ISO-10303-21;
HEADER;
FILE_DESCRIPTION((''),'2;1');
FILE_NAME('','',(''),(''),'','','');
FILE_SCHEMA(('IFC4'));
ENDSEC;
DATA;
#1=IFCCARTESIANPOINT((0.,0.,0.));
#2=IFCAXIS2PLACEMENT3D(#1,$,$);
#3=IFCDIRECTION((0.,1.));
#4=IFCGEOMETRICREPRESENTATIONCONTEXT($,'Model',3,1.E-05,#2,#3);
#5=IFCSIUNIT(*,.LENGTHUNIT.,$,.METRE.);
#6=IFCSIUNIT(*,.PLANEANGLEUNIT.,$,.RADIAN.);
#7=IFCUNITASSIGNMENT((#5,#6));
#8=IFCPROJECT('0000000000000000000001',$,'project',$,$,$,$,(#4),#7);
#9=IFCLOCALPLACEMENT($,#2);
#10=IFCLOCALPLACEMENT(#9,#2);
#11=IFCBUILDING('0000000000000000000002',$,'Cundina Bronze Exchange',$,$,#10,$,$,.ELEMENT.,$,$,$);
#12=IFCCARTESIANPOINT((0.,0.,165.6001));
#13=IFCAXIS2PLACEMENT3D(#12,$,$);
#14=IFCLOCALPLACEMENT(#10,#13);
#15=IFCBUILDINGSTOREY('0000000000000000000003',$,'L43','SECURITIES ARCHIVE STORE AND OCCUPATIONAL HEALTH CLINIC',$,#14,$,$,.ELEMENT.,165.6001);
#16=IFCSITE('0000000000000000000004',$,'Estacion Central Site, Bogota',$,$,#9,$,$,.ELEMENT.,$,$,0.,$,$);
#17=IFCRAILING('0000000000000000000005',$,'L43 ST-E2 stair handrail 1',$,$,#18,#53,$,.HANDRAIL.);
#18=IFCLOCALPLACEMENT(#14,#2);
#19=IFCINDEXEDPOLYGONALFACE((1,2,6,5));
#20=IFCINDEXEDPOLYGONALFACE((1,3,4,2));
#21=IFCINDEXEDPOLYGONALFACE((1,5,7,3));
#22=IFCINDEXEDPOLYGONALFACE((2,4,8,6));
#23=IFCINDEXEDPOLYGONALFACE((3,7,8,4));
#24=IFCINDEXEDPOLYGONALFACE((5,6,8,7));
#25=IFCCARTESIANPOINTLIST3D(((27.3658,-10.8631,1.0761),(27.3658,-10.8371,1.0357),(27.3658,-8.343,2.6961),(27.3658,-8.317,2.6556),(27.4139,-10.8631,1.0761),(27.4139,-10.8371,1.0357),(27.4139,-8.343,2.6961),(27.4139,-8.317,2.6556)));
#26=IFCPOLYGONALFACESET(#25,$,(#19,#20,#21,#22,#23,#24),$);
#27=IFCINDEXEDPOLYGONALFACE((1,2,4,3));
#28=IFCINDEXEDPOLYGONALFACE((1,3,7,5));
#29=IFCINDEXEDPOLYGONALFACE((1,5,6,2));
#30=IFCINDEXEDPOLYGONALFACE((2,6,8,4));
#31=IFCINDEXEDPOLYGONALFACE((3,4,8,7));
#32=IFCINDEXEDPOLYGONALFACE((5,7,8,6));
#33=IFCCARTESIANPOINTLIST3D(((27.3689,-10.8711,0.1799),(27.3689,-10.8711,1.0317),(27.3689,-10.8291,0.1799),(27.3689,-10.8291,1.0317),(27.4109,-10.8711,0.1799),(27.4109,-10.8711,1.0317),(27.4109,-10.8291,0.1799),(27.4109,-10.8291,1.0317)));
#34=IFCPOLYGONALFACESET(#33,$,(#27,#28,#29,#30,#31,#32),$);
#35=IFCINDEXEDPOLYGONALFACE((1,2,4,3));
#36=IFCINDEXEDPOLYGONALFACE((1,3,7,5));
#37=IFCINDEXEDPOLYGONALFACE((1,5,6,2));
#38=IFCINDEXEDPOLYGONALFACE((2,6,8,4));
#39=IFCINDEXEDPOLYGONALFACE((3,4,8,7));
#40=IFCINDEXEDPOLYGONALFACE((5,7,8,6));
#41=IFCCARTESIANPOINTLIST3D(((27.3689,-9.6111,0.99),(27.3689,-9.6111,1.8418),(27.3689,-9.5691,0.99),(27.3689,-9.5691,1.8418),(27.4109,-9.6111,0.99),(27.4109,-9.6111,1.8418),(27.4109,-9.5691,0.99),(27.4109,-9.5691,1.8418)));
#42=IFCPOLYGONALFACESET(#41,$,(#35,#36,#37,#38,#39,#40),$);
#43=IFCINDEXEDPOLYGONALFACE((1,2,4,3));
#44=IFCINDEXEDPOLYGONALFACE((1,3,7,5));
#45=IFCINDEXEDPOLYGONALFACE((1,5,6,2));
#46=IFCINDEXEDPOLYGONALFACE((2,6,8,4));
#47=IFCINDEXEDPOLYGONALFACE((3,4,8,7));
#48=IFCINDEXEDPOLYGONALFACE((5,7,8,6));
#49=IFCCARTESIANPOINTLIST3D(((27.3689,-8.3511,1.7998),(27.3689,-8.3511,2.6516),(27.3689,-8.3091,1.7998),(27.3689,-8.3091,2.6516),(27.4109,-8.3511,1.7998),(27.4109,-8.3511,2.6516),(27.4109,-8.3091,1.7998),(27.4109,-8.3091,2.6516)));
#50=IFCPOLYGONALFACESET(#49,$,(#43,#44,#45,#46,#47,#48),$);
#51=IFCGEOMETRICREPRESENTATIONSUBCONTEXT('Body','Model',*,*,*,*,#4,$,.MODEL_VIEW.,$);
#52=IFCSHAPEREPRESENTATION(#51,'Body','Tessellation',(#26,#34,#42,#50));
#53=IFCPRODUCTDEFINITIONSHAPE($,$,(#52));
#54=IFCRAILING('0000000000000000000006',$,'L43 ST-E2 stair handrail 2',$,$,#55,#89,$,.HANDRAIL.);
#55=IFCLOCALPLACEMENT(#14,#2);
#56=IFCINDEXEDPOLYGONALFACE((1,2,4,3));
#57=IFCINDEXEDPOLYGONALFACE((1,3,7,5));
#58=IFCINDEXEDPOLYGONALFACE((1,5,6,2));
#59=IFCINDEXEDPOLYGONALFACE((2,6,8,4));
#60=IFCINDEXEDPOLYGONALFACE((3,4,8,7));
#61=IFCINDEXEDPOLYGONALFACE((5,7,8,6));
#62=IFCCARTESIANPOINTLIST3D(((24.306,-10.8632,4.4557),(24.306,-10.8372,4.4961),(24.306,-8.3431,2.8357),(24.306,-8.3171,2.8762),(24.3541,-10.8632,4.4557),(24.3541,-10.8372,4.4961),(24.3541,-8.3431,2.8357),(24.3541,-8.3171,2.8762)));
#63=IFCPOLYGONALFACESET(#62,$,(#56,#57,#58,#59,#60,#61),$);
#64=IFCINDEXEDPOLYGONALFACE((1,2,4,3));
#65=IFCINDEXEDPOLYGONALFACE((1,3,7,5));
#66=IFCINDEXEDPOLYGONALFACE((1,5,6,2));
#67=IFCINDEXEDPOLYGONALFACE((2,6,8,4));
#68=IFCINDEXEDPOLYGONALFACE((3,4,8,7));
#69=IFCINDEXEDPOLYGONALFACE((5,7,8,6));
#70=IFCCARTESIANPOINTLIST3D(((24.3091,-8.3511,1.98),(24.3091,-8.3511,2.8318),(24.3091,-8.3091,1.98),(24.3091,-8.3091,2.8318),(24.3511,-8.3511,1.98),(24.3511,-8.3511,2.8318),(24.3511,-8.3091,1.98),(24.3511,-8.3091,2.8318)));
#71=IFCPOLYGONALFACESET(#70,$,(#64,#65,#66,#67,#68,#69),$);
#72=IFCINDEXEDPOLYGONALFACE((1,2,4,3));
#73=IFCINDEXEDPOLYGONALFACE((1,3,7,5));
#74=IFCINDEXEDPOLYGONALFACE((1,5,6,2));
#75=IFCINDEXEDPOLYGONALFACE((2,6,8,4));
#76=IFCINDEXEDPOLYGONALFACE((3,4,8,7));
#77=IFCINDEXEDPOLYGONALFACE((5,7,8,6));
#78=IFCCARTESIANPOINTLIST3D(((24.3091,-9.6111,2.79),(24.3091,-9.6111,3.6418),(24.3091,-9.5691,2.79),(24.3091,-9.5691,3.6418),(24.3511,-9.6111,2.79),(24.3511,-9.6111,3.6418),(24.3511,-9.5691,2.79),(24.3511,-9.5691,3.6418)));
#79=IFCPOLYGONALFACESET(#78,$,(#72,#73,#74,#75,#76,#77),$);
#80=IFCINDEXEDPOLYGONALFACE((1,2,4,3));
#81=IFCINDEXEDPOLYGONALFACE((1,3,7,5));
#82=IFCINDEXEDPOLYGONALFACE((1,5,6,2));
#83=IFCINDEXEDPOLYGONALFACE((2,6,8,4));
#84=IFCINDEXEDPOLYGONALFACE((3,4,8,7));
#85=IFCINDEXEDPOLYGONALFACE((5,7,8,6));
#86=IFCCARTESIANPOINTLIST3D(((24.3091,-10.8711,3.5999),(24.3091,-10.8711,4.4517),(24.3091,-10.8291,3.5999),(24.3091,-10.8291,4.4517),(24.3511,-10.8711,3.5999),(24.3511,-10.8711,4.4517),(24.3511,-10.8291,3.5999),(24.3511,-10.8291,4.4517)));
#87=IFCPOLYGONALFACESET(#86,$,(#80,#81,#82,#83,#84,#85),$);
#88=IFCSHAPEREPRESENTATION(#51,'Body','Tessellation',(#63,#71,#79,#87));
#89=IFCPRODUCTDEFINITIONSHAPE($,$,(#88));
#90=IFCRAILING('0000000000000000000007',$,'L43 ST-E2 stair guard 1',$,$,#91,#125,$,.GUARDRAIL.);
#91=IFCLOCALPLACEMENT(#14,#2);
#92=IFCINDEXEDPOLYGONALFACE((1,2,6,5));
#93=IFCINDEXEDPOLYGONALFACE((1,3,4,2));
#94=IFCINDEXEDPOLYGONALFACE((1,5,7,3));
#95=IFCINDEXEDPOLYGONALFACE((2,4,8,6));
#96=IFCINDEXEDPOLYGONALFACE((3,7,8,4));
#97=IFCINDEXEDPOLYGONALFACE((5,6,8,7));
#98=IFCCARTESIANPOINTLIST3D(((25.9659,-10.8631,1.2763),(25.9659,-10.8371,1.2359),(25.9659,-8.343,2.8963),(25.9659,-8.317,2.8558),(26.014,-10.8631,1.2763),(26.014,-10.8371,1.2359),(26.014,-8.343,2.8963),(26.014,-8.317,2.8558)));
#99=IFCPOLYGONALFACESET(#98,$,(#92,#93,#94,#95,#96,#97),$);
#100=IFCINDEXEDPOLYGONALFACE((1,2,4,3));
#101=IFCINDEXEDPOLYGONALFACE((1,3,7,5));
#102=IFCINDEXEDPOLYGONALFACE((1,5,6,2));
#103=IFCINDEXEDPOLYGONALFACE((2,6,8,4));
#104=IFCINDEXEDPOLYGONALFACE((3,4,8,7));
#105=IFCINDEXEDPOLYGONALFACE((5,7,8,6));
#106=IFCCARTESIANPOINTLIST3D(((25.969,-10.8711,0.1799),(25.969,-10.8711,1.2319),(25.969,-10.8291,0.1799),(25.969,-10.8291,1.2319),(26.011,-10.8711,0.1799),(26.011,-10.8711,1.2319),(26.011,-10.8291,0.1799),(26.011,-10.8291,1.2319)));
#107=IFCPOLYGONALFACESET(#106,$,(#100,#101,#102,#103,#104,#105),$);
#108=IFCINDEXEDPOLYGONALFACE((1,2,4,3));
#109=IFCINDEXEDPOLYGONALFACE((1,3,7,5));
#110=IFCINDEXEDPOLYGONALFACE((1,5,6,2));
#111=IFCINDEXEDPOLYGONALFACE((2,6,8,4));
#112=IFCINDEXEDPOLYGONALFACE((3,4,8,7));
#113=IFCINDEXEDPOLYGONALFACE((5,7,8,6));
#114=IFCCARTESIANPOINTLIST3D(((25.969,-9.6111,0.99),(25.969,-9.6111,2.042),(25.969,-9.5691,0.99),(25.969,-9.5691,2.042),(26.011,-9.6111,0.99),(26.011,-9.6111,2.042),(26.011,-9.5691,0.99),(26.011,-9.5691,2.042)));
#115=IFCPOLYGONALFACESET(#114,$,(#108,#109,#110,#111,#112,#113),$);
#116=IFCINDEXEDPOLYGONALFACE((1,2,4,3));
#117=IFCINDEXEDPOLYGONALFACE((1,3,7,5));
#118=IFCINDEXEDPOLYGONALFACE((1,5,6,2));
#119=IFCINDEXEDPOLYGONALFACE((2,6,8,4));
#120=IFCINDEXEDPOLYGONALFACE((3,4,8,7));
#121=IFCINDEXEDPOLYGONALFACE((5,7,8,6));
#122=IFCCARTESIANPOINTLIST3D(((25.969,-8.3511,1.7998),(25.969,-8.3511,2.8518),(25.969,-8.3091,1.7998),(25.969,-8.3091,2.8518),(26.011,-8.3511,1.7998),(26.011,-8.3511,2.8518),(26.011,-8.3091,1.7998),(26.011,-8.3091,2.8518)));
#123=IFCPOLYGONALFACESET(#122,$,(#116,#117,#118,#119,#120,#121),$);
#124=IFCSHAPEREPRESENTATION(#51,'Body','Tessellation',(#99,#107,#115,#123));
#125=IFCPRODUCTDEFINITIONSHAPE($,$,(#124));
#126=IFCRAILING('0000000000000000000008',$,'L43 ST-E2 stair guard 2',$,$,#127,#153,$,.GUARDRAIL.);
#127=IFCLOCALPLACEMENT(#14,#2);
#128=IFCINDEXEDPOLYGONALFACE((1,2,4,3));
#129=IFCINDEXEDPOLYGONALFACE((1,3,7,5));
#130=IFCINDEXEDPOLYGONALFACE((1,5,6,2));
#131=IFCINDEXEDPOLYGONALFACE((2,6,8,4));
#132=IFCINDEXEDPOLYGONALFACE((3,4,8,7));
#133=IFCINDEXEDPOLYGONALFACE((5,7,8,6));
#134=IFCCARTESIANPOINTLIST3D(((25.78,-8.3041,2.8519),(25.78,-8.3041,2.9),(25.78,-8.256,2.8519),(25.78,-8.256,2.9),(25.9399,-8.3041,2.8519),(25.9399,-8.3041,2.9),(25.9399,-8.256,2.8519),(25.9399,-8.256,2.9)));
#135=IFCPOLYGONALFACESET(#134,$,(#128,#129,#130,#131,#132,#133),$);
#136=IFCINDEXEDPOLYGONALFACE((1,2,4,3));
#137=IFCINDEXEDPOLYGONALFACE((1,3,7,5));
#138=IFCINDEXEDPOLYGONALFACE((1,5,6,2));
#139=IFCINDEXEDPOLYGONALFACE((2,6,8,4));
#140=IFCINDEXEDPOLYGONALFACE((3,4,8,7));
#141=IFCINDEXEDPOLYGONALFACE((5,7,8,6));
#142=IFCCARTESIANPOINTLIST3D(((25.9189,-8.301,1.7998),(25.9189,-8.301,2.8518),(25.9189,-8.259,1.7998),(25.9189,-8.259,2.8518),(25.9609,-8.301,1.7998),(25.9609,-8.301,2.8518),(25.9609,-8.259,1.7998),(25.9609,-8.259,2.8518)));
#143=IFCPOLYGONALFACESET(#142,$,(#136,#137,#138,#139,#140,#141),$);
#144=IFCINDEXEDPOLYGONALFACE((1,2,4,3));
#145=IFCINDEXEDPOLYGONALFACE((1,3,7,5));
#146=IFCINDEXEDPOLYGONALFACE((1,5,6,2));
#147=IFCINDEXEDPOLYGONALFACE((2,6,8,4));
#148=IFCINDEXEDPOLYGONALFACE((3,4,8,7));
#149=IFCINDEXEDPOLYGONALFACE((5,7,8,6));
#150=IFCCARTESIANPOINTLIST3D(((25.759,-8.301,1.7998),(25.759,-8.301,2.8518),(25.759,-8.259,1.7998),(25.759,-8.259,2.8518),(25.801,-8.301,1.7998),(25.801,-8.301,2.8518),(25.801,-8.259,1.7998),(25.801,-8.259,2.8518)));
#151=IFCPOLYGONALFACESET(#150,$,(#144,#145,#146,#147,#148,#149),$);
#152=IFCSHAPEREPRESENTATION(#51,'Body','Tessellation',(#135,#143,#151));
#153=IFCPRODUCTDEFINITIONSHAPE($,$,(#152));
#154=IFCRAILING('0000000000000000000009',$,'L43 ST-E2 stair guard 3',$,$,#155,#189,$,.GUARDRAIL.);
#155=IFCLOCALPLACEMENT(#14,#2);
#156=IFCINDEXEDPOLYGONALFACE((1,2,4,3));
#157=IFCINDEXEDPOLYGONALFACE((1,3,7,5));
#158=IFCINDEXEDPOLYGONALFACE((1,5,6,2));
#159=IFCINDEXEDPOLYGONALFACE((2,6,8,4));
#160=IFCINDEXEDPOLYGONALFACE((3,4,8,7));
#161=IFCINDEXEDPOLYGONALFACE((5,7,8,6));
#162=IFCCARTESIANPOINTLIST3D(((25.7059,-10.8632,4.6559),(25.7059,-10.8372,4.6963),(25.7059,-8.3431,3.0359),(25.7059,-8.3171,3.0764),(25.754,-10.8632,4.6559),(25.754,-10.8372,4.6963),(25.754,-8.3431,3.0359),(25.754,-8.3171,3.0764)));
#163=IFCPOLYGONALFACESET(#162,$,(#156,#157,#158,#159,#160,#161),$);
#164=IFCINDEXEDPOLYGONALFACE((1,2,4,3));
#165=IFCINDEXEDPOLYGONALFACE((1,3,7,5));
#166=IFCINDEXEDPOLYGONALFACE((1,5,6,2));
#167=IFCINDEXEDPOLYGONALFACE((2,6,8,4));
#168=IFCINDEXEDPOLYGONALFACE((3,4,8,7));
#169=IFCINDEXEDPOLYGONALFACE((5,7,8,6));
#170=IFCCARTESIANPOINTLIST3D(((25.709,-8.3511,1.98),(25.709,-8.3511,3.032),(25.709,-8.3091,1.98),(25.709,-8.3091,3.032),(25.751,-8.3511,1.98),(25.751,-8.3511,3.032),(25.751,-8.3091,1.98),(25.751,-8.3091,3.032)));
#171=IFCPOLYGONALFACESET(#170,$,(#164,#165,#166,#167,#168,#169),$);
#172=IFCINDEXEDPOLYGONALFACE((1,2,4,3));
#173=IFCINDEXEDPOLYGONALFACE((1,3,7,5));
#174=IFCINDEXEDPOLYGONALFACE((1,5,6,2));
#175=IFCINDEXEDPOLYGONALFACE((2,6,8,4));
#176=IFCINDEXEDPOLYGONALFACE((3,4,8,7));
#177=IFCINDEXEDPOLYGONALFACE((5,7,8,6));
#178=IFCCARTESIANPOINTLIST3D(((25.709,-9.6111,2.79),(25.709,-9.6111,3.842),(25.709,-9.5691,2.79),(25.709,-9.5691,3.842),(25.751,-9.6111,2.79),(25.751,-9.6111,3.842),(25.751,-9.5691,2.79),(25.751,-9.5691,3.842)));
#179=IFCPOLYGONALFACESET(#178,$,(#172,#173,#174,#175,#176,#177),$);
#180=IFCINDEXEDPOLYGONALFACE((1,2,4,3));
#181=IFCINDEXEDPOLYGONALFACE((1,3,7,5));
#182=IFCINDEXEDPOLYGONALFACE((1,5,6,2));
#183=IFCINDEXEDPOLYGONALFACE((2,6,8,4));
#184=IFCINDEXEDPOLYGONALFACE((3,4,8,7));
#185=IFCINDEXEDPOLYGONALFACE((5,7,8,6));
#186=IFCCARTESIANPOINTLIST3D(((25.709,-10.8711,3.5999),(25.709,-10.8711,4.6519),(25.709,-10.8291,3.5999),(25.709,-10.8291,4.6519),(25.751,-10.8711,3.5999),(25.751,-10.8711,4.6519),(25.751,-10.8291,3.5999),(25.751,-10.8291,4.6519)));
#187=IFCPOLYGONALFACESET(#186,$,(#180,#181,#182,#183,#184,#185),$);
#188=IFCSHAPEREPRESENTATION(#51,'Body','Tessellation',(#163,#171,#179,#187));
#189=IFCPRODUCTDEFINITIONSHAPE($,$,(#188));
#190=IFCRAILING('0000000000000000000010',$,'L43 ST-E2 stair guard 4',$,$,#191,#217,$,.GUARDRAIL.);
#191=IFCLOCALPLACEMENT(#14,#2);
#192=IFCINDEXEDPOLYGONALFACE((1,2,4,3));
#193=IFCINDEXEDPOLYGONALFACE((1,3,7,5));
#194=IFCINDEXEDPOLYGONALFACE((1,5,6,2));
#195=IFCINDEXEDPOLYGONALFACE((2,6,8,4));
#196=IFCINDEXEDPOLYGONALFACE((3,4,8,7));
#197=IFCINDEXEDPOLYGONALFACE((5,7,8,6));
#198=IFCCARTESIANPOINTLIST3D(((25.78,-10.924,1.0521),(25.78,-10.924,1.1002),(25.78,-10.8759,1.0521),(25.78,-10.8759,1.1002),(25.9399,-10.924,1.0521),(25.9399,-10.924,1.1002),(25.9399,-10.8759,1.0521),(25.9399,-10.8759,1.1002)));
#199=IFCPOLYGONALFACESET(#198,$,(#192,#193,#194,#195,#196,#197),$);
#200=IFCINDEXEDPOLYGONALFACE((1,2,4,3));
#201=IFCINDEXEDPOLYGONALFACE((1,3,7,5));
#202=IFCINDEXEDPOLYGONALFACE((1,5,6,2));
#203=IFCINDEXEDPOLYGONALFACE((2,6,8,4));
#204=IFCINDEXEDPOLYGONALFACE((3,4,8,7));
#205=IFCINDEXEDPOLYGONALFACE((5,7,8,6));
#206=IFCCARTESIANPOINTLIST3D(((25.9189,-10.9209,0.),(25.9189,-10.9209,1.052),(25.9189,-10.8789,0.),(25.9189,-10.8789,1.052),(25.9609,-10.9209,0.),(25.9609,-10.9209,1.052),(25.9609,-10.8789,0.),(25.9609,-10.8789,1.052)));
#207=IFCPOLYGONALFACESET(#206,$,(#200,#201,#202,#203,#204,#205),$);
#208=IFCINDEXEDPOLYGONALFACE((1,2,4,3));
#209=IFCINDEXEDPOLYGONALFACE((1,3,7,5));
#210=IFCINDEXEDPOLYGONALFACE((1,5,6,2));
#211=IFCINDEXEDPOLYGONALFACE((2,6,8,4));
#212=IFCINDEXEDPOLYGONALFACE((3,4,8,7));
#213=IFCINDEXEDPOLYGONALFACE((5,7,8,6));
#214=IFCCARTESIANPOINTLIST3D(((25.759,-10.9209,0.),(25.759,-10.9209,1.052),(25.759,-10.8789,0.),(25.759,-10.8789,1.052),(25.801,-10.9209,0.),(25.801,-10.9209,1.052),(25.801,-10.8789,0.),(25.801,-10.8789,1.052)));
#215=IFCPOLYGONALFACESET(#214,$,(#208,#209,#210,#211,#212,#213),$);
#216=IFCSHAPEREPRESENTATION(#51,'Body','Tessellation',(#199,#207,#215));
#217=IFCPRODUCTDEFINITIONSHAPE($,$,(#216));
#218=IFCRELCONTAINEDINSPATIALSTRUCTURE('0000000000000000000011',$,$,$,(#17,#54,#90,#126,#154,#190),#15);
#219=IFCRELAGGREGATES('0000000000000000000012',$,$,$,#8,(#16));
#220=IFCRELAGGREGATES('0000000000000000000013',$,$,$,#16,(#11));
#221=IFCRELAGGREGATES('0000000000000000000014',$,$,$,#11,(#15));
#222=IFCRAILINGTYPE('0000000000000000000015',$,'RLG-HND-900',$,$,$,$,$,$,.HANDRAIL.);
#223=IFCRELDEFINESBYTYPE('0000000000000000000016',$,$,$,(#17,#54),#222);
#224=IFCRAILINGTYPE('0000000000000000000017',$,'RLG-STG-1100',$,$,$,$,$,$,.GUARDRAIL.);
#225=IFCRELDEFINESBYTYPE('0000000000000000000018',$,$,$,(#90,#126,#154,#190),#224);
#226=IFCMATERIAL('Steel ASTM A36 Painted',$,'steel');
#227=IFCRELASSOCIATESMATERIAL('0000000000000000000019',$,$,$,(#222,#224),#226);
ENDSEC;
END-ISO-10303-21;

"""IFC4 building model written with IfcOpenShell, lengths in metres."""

from ifc_helpers import new_model, si_unit, direction, frame, origin, origin_2d, place, context, subcontext, project, spatial, rectangle, extrude, material, type_object, element, save


model = new_model("IFC4")

# Units and contexts
model_context = context("Model", 3, precision=1e-05, world=origin(), true_north=direction((0.0, 1.0)))
body_context = subcontext(model_context, "Body", "Model", "MODEL_VIEW")
ifc_project = project(units=[si_unit("LENGTHUNIT", "METRE"), si_unit("PLANEANGLEUNIT", "RADIAN")], contexts=[model_context])

# Site, building, storey
site_placement = place(None, origin())
site = spatial("IfcSite", under=ifc_project, at=site_placement, Name="Estacion Central Site, Bogota", CompositionType="ELEMENT", RefElevation=0.0)
building_placement = place(site_placement, origin())
building = spatial("IfcBuilding", under=site, at=building_placement, Name="Cundina Bronze Exchange", CompositionType="ELEMENT")
storey_placement = place(building_placement, frame((0.0, 0.0, 165.6001)))
storey = spatial("IfcBuildingStorey", under=building, at=storey_placement, Name="L43", Description="SECURITIES ARCHIVE STORE AND OCCUPATIONAL HEALTH CLINIC", CompositionType="ELEMENT", Elevation=165.6001)

# Shared definitions
ifc_material_1 = material(Name="Steel ASTM A36 Painted", Category="steel")

# Railings
railing_type_1 = type_object("IfcRailingType", Name="RLG-HND-900", PredefinedType="HANDRAIL", material=ifc_material_1)
railing_1_placement = place(storey_placement, frame((27.3899, -10.8501, 0.1799)))
element("IfcRailing", 1, at=railing_1_placement, inside=storey, type_object=railing_type_1, Name="L43 ST-E2 stair handrail 1", PredefinedType="HANDRAIL", context=body_context, shape_type="SweptSolid", body=[
    extrude(rectangle(XDim=0.0481, YDim=0.0481, at=origin_2d()), frame((0.0, 0.0, 0.876), z_axis=(0.0, 0.8412, 0.540725), x_axis=(-1.0, 0.0, 0.0)), (0.0, 0.0, 1.0), 2.9958),
    extrude(rectangle(XDim=0.042, YDim=0.042, at=origin_2d()), origin(), (0.0, 0.0, 1.0), 0.8518),
    extrude(rectangle(XDim=0.042, YDim=0.042, at=origin_2d()), frame((0.0, 1.26, 0.8101)), (0.0, 0.0, 1.0), 0.8518),
    extrude(rectangle(XDim=0.042, YDim=0.042, at=origin_2d()), frame((0.0, 2.52, 1.6199)), (0.0, 0.0, 1.0), 0.8518),
])
railing_2_placement = place(storey_placement, frame((24.3301, -8.3301, 1.98)))
element("IfcRailing", 2, at=railing_2_placement, inside=storey, type_object=railing_type_1, Name="L43 ST-E2 stair handrail 2", PredefinedType="HANDRAIL", context=body_context, shape_type="SweptSolid", body=[
    extrude(rectangle(XDim=0.0481, YDim=0.0481, at=origin_2d()), frame((0.0, 0.0, 0.876), z_axis=(0.0, -0.8412, 0.540725), x_axis=(1.0, 0.0, 0.0)), (0.0, 0.0, 1.0), 2.9958),
    extrude(rectangle(XDim=0.042, YDim=0.042, at=origin_2d()), origin(), (0.0, 0.0, 1.0), 0.8518),
    extrude(rectangle(XDim=0.042, YDim=0.042, at=origin_2d()), frame((0.0, -1.26, 0.8101)), (0.0, 0.0, 1.0), 0.8518),
    extrude(rectangle(XDim=0.042, YDim=0.042, at=origin_2d()), frame((0.0, -2.52, 1.6199)), (0.0, 0.0, 1.0), 0.8518),
])
railing_type_2 = type_object("IfcRailingType", Name="RLG-STG-1100", PredefinedType="GUARDRAIL", material=ifc_material_1)
railing_3_placement = place(storey_placement, frame((25.99, -10.8501, 0.1799)))
element("IfcRailing", 3, at=railing_3_placement, inside=storey, type_object=railing_type_2, Name="L43 ST-E2 stair guard 1", PredefinedType="GUARDRAIL", context=body_context, shape_type="SweptSolid", body=[
    extrude(rectangle(XDim=0.0481, YDim=0.0481, at=origin_2d()), frame((0.0, 0.0, 1.0762), z_axis=(0.0, 0.8412, 0.540725), x_axis=(-1.0, 0.0, 0.0)), (0.0, 0.0, 1.0), 2.9958),
    extrude(rectangle(XDim=0.042, YDim=0.042, at=origin_2d()), origin(), (0.0, 0.0, 1.0), 1.052),
    extrude(rectangle(XDim=0.042, YDim=0.042, at=origin_2d()), frame((0.0, 1.26, 0.8101)), (0.0, 0.0, 1.0), 1.052),
    extrude(rectangle(XDim=0.042, YDim=0.042, at=origin_2d()), frame((0.0, 2.52, 1.6199)), (0.0, 0.0, 1.0), 1.052),
])
railing_4_placement = place(storey_placement, frame((25.9399, -8.28, 1.7998)))
element("IfcRailing", 4, at=railing_4_placement, inside=storey, type_object=railing_type_2, Name="L43 ST-E2 stair guard 2", PredefinedType="GUARDRAIL", context=body_context, shape_type="SweptSolid", body=[
    extrude(rectangle(XDim=0.0481, YDim=0.0481, at=origin_2d()), frame((0.0, 0.0, 1.0762), z_axis=(-1.0, 0.0, 0.0), x_axis=(0.0, -1.0, 0.0)), (0.0, 0.0, 1.0), 0.1599),
    extrude(rectangle(XDim=0.042, YDim=0.042, at=origin_2d()), origin(), (0.0, 0.0, 1.0), 1.052),
    extrude(rectangle(XDim=0.042, YDim=0.042, at=origin_2d()), frame((-0.1599, 0.0, 0.0)), (0.0, 0.0, 1.0), 1.052),
])
railing_5_placement = place(storey_placement, frame((25.73, -8.3301, 1.98)))
element("IfcRailing", 5, at=railing_5_placement, inside=storey, type_object=railing_type_2, Name="L43 ST-E2 stair guard 3", PredefinedType="GUARDRAIL", context=body_context, shape_type="SweptSolid", body=[
    extrude(rectangle(XDim=0.0481, YDim=0.0481, at=origin_2d()), frame((0.0, 0.0, 1.0762), z_axis=(0.0, -0.8412, 0.540725), x_axis=(1.0, 0.0, 0.0)), (0.0, 0.0, 1.0), 2.9958),
    extrude(rectangle(XDim=0.042, YDim=0.042, at=origin_2d()), origin(), (0.0, 0.0, 1.0), 1.052),
    extrude(rectangle(XDim=0.042, YDim=0.042, at=origin_2d()), frame((0.0, -1.26, 0.8101)), (0.0, 0.0, 1.0), 1.052),
    extrude(rectangle(XDim=0.042, YDim=0.042, at=origin_2d()), frame((0.0, -2.52, 1.6199)), (0.0, 0.0, 1.0), 1.052),
])
railing_6_placement = place(storey_placement, frame((25.9399, -10.8999, 0.0)))
element("IfcRailing", 6, at=railing_6_placement, inside=storey, type_object=railing_type_2, Name="L43 ST-E2 stair guard 4", PredefinedType="GUARDRAIL", context=body_context, shape_type="SweptSolid", body=[
    extrude(rectangle(XDim=0.0481, YDim=0.0481, at=origin_2d()), frame((0.0, 0.0, 1.0762), z_axis=(-1.0, 0.0, 0.0), x_axis=(0.0, -1.0, 0.0)), (0.0, 0.0, 1.0), 0.1599),
    extrude(rectangle(XDim=0.042, YDim=0.042, at=origin_2d()), origin(), (0.0, 0.0, 1.0), 1.052),
    extrude(rectangle(XDim=0.042, YDim=0.042, at=origin_2d()), frame((-0.1599, 0.0, 0.0)), (0.0, 0.0, 1.0), 1.052),
])

save(model, "model.ifc")
